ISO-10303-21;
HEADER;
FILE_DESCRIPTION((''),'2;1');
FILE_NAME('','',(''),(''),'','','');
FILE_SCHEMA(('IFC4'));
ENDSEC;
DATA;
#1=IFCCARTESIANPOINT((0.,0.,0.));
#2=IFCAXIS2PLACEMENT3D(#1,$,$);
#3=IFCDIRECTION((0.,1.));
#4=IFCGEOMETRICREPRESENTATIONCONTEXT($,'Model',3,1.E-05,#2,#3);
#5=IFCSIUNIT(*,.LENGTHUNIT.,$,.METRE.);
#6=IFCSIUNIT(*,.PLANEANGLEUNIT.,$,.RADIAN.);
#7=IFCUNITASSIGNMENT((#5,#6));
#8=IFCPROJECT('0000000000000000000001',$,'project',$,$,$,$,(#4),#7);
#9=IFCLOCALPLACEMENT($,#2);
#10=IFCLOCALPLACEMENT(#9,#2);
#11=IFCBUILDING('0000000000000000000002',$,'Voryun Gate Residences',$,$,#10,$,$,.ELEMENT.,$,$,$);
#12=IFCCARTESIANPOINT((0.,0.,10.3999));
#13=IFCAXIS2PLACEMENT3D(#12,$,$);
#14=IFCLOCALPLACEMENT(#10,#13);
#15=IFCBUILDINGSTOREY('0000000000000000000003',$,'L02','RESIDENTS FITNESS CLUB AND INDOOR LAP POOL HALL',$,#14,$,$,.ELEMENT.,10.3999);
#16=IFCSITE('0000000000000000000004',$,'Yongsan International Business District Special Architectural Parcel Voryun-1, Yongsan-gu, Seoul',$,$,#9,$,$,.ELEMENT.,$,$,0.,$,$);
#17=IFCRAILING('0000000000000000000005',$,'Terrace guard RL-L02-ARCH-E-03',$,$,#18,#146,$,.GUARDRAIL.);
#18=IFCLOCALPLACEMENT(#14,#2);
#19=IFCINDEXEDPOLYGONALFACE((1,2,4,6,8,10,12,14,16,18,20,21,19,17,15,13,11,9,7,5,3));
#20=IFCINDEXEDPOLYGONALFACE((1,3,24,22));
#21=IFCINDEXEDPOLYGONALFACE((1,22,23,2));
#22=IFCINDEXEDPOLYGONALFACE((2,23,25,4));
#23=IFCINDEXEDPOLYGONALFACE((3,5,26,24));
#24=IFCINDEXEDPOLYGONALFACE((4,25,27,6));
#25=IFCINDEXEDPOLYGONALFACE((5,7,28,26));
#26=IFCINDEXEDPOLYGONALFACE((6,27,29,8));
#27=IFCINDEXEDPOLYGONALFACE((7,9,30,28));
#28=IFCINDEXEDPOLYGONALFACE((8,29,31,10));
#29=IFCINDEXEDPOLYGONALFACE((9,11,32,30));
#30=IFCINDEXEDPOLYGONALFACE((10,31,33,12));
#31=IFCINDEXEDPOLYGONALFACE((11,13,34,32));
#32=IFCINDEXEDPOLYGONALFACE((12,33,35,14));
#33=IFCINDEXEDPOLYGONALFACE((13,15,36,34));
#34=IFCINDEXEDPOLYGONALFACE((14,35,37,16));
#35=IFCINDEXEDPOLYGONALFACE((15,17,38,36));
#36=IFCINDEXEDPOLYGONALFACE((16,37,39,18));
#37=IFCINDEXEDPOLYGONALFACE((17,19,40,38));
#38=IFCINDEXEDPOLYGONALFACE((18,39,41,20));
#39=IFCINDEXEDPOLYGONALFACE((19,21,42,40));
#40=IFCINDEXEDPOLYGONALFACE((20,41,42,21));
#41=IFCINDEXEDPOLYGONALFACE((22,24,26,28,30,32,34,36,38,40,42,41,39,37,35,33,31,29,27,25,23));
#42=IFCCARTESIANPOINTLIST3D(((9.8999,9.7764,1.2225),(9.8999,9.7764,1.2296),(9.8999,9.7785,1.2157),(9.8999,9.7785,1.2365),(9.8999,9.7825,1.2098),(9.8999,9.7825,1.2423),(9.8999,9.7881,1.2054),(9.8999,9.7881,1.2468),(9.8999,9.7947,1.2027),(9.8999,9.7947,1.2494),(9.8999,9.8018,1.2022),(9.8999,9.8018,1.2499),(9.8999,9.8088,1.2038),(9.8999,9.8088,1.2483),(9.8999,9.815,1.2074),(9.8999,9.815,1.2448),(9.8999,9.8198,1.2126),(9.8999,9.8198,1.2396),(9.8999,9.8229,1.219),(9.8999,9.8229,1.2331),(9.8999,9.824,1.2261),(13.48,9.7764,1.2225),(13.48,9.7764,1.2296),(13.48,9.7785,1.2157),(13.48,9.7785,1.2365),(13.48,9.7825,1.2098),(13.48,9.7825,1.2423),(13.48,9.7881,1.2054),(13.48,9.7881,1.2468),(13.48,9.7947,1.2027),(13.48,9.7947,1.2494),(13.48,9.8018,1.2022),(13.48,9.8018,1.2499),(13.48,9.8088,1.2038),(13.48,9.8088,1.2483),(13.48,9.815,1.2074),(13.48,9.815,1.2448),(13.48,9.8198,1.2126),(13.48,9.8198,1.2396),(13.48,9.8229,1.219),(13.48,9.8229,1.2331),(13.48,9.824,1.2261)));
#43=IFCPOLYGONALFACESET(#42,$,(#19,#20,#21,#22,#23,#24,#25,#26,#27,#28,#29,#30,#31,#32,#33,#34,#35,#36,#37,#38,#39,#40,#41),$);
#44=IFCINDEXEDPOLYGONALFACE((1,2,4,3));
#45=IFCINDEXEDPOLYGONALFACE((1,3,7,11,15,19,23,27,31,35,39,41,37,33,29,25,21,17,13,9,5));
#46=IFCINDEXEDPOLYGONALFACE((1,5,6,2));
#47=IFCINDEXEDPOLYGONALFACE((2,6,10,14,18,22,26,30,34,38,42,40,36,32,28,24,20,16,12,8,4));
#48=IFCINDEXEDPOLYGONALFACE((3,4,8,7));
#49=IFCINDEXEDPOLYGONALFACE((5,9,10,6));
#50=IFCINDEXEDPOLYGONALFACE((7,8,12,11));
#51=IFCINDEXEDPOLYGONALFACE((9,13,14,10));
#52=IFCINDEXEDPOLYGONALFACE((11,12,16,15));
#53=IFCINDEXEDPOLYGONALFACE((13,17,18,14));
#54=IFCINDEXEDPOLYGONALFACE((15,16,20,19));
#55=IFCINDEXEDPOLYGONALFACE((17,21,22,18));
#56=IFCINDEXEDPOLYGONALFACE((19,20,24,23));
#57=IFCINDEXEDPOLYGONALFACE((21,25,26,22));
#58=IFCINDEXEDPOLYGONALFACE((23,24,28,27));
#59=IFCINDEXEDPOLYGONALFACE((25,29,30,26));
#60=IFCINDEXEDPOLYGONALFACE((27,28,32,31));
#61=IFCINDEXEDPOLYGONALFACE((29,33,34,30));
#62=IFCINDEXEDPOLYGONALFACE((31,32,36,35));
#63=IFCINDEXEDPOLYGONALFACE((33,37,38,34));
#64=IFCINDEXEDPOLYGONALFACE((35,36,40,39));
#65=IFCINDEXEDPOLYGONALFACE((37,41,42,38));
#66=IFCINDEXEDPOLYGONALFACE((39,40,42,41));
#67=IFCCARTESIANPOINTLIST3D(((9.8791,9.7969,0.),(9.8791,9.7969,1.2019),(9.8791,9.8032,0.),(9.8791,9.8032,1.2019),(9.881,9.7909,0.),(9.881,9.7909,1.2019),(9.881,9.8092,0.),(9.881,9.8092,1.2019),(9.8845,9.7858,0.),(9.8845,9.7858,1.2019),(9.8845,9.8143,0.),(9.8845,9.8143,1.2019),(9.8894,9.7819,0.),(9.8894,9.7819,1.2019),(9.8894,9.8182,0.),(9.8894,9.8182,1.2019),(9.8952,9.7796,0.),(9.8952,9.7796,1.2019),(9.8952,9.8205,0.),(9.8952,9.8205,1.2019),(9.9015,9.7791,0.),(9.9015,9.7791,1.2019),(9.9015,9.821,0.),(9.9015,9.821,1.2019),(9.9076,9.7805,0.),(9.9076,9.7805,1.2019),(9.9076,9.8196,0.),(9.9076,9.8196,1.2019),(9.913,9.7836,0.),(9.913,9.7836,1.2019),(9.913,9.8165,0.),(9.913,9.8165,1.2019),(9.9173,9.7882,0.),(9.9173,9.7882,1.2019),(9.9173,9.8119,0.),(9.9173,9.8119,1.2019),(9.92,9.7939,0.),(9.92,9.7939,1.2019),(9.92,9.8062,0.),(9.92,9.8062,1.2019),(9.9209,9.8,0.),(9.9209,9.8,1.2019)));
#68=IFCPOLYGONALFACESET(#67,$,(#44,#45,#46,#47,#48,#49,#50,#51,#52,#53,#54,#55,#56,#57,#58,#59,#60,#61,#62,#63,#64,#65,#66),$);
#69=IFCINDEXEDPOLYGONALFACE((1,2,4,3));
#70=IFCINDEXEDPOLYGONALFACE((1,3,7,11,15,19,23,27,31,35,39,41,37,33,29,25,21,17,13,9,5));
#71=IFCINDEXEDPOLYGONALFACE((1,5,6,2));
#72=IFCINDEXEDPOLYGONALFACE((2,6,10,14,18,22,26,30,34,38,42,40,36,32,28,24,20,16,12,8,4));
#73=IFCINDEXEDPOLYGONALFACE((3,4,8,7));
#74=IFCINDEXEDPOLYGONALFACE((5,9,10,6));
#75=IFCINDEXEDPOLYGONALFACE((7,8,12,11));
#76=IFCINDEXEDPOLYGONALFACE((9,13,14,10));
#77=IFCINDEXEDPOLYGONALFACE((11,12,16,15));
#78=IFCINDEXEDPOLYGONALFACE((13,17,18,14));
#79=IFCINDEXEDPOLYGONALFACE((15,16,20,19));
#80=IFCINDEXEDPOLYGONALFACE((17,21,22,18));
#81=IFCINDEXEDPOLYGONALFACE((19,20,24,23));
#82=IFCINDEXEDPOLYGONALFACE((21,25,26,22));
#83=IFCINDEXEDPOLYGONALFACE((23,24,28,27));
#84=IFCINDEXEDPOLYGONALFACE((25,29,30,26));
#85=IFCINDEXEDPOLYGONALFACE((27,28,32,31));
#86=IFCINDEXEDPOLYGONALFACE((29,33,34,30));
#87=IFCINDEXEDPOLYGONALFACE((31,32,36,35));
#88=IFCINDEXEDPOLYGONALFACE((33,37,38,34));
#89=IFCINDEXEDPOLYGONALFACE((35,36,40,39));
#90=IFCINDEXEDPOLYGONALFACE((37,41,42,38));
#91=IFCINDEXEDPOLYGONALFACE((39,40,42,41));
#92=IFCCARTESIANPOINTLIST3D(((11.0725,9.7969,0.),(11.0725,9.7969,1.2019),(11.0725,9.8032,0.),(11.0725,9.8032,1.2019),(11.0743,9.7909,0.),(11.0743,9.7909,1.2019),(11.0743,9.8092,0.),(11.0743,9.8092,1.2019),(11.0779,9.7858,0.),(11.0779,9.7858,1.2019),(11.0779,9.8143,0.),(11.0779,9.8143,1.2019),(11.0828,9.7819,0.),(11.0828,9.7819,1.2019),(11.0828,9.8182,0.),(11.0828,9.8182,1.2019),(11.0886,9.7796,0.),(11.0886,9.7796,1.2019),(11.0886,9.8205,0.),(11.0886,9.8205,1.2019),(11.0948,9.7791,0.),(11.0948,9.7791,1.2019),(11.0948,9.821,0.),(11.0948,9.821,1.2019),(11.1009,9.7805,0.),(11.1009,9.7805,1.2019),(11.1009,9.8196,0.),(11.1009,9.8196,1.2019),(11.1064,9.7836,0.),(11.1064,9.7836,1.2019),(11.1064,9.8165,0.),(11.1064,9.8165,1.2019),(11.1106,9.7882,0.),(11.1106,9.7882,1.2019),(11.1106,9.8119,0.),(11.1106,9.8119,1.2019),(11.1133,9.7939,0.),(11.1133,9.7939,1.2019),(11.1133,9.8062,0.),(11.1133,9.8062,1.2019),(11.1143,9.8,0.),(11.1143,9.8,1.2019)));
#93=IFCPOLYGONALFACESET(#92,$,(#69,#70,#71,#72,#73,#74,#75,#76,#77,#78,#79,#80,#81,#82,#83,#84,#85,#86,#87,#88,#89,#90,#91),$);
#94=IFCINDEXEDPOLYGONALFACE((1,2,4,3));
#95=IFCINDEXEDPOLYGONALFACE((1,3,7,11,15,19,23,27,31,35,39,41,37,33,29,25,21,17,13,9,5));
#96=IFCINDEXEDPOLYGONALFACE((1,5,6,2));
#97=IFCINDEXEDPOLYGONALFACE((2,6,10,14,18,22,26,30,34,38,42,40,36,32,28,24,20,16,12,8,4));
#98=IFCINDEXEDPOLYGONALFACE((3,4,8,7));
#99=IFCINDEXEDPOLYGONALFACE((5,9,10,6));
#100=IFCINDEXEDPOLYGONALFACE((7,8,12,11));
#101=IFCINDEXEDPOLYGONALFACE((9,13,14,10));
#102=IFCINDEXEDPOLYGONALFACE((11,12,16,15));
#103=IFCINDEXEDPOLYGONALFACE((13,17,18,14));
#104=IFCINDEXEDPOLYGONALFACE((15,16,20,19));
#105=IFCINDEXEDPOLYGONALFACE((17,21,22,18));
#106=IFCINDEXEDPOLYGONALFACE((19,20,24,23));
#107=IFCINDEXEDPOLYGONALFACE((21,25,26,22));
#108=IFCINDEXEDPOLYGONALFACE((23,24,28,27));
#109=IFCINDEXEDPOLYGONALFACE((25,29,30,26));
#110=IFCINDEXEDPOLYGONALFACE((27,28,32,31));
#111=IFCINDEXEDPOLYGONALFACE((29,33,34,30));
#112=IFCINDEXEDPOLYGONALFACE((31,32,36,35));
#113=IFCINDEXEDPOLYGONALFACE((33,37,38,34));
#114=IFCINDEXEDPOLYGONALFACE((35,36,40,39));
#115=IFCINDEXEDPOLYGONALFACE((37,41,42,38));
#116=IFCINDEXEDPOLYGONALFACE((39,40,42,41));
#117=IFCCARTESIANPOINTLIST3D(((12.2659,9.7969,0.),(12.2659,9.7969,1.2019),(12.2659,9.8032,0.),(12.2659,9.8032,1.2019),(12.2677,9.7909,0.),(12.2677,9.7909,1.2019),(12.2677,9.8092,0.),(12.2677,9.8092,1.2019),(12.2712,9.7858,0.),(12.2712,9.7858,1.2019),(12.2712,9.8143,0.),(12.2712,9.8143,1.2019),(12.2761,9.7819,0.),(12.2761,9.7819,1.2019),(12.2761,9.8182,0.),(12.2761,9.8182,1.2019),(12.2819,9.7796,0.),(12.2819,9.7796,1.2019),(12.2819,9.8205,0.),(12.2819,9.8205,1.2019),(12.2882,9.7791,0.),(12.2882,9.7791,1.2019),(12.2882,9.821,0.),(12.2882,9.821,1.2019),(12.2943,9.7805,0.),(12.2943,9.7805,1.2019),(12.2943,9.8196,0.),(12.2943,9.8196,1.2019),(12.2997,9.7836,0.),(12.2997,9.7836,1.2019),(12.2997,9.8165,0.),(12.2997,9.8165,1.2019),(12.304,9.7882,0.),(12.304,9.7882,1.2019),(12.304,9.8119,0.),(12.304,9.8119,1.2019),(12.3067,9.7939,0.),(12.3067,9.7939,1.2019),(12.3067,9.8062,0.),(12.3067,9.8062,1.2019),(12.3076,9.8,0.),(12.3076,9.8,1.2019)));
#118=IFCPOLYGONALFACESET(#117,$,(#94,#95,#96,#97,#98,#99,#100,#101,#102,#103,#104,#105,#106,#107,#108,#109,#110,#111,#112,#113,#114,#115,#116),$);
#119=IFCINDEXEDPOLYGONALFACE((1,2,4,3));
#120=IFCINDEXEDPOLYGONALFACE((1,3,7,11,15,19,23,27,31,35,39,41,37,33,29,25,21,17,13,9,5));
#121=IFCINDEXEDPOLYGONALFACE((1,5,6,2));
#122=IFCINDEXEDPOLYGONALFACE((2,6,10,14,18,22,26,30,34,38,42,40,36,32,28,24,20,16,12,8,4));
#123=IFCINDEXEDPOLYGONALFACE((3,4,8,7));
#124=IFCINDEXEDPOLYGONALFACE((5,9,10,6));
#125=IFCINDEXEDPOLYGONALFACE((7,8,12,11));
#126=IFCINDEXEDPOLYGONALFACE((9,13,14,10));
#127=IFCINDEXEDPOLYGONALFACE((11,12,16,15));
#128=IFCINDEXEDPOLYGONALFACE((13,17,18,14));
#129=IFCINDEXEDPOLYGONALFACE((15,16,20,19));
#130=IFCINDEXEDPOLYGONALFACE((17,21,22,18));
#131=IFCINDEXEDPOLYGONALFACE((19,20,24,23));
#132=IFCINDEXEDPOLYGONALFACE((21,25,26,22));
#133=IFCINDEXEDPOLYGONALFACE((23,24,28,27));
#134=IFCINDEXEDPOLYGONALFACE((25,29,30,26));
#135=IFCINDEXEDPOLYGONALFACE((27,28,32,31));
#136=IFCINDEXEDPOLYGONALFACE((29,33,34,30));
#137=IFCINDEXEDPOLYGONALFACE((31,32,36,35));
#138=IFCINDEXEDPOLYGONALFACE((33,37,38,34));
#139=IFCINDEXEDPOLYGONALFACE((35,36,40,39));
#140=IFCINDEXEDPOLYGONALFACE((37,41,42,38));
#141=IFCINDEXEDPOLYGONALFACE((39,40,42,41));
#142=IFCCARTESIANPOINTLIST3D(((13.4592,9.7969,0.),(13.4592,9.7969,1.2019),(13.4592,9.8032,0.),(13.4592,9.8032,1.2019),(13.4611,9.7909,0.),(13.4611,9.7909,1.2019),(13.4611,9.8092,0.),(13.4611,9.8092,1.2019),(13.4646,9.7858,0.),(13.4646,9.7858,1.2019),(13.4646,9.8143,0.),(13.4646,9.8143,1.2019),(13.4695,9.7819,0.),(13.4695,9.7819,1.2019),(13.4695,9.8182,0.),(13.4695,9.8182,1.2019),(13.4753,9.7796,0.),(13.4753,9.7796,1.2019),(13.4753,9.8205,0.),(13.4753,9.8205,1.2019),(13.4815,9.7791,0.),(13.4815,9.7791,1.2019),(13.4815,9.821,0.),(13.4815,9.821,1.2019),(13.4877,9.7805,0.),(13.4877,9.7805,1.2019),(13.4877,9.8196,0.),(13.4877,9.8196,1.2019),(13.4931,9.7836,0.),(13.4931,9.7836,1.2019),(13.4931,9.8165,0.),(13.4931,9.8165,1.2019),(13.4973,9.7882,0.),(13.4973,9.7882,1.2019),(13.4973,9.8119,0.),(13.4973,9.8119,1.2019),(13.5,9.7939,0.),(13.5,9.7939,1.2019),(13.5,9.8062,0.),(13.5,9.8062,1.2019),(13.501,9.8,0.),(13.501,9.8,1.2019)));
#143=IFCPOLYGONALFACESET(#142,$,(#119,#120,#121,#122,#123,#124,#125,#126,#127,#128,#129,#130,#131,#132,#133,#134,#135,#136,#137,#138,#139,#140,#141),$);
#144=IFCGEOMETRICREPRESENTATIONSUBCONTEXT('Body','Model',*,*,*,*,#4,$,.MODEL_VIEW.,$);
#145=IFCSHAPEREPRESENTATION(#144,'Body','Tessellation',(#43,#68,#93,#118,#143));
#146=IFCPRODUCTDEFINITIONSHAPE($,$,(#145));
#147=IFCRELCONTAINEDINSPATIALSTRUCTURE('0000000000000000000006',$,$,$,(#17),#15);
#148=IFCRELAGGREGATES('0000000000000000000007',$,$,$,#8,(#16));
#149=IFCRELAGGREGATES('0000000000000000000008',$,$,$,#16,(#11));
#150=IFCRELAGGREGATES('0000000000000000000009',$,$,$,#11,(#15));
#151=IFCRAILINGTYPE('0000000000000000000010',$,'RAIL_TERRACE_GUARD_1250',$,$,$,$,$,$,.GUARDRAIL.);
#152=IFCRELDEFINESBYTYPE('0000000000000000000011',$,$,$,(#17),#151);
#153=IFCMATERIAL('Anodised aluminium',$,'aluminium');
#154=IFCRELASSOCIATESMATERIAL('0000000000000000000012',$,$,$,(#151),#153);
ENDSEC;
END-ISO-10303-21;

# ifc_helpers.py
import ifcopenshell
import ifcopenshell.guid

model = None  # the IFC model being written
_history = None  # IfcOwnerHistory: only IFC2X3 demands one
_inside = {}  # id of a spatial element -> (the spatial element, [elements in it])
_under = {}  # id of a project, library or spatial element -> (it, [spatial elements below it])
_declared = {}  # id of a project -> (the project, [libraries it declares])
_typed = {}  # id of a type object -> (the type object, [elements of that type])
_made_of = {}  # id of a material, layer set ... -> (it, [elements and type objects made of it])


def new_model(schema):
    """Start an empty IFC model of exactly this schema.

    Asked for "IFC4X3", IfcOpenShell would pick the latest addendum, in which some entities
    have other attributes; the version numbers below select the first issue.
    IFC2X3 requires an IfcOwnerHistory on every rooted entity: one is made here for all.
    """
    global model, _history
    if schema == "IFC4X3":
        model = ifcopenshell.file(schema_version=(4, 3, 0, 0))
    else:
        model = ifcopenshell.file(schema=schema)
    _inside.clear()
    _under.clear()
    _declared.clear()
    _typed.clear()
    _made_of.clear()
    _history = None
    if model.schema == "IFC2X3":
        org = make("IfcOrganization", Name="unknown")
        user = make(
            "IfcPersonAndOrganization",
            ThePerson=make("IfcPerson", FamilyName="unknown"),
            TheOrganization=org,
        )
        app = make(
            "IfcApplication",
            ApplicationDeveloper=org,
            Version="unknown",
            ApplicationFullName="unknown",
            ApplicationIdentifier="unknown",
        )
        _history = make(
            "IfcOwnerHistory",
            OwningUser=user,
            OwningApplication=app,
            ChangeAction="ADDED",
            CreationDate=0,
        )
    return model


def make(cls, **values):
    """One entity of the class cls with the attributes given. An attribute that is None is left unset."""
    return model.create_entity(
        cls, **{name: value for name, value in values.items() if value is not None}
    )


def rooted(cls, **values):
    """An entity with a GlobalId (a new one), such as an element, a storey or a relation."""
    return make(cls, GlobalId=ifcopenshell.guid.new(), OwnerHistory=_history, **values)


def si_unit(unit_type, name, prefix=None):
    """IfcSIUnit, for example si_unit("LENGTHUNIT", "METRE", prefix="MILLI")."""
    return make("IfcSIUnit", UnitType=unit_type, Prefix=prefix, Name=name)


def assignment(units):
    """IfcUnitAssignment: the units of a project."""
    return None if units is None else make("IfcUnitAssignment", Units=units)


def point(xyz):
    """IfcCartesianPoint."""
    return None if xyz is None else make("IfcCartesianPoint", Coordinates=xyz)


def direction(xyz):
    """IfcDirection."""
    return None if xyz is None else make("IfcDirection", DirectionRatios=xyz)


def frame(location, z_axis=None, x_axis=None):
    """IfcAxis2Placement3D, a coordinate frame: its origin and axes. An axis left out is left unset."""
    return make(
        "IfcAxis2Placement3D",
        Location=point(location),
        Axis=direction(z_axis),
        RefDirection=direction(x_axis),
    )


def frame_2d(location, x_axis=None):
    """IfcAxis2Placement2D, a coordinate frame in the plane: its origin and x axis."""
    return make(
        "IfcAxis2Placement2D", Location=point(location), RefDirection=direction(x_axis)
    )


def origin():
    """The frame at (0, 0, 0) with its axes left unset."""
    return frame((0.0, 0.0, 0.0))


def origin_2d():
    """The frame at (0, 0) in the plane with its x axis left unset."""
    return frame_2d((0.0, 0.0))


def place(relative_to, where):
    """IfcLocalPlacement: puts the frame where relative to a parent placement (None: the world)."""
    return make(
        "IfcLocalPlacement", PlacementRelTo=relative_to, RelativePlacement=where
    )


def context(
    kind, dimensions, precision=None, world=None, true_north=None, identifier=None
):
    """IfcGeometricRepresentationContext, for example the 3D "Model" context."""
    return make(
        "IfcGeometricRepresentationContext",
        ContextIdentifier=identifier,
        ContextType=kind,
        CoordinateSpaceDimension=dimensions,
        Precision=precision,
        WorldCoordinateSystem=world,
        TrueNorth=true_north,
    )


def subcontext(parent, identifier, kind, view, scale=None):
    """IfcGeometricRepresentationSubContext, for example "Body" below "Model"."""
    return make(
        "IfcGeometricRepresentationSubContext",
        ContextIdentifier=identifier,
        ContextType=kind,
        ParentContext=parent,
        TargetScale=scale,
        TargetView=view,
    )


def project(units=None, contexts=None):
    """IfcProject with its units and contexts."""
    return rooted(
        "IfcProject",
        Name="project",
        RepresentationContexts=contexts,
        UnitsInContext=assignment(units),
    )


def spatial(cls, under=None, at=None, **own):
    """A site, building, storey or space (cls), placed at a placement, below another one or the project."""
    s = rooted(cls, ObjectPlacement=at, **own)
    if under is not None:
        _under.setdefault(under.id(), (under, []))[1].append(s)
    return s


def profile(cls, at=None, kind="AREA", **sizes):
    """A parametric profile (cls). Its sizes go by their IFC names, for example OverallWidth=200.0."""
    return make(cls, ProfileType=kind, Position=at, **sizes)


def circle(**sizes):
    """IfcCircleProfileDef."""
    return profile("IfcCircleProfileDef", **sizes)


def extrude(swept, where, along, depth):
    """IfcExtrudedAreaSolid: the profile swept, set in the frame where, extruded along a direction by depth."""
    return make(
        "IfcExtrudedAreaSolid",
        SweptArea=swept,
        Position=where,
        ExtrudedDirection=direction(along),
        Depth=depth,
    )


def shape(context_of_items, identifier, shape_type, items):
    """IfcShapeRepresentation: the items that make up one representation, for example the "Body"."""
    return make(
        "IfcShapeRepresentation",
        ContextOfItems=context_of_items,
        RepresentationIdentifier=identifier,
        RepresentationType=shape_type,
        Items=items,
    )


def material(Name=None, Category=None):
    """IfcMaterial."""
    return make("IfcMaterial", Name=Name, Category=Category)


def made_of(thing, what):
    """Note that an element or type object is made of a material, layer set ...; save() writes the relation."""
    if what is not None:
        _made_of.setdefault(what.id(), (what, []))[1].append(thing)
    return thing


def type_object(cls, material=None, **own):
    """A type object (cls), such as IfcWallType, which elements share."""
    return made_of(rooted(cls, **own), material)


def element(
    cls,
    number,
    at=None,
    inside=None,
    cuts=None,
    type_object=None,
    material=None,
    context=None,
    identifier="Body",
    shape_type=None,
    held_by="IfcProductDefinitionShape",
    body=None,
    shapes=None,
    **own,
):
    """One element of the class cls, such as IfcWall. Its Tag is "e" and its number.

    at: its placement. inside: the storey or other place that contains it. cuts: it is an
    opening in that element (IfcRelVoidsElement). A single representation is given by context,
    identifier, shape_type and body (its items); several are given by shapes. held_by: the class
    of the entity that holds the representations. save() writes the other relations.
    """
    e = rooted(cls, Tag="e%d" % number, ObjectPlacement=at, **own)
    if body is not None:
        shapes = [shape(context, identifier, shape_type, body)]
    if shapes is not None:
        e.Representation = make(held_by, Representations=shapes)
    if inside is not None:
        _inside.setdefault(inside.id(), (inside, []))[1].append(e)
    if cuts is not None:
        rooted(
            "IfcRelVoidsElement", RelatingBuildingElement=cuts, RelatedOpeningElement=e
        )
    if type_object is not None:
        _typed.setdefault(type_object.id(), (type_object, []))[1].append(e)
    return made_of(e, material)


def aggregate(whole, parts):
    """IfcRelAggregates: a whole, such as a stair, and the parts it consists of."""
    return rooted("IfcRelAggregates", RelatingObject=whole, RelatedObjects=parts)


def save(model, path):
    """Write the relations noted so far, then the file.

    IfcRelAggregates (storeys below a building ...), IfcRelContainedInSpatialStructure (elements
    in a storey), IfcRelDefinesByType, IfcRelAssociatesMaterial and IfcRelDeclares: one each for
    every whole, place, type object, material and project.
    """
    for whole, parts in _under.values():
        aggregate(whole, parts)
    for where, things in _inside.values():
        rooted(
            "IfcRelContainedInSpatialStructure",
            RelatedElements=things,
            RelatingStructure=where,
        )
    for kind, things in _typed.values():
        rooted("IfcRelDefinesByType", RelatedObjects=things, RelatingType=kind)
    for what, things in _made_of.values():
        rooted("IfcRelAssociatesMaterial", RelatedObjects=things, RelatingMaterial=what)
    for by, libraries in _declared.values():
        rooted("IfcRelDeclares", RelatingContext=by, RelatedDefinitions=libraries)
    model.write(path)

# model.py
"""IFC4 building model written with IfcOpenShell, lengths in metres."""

from ifc_helpers import new_model, si_unit, direction, frame, origin, origin_2d, place, context, subcontext, project, spatial, circle, extrude, material, type_object, element, save


model = new_model("IFC4")

# Units and contexts
model_context = context("Model", 3, precision=1e-05, world=origin(), true_north=direction((0.0, 1.0)))
body_context = subcontext(model_context, "Body", "Model", "MODEL_VIEW")
ifc_project = project(units=[si_unit("LENGTHUNIT", "METRE"), si_unit("PLANEANGLEUNIT", "RADIAN")], contexts=[model_context])

# Site, building, storey
site_placement = place(None, origin())
site = spatial("IfcSite", under=ifc_project, at=site_placement, Name="Yongsan International Business District Special Architectural Parcel Voryun-1, Yongsan-gu, Seoul", CompositionType="ELEMENT", RefElevation=0.0)
building_placement = place(site_placement, origin())
building = spatial("IfcBuilding", under=site, at=building_placement, Name="Voryun Gate Residences", CompositionType="ELEMENT")
storey_placement = place(building_placement, frame((0.0, 0.0, 10.3999)))
storey = spatial("IfcBuildingStorey", under=building, at=storey_placement, Name="L02", Description="RESIDENTS FITNESS CLUB AND INDOOR LAP POOL HALL", CompositionType="ELEMENT", Elevation=10.3999)

# Railing
ifc_material_1 = material(Name="Anodised aluminium", Category="aluminium")
railing_type = type_object("IfcRailingType", Name="RAIL_TERRACE_GUARD_1250", PredefinedType="GUARDRAIL", material=ifc_material_1)
railing_1_placement = place(storey_placement, frame((9.8999, 9.8, 0.0)))
element("IfcRailing", 1, at=railing_1_placement, inside=storey, type_object=railing_type, Name="Terrace guard RL-L02-ARCH-E-03", PredefinedType="GUARDRAIL", context=body_context, shape_type="SweptSolid", body=[
    extrude(circle(Radius=0.0239, at=origin_2d()), frame((0.0, 0.0, 1.2261), z_axis=(1.0, 0.0, 0.0), x_axis=(0.0, 1.0, 0.0)), (0.0, 0.0, 1.0), 3.5801),
    extrude(circle(Radius=0.021, at=origin_2d()), origin(), (0.0, 0.0, 1.0), 1.2019),
    extrude(circle(Radius=0.021, at=origin_2d()), frame((1.1934, 0.0, 0.0)), (0.0, 0.0, 1.0), 1.2019),
    extrude(circle(Radius=0.021, at=origin_2d()), frame((2.3867, 0.0, 0.0)), (0.0, 0.0, 1.0), 1.2019),
    extrude(circle(Radius=0.021, at=origin_2d()), frame((3.5801, 0.0, 0.0)), (0.0, 0.0, 1.0), 1.2019),
])

save(model, "model.ifc")
